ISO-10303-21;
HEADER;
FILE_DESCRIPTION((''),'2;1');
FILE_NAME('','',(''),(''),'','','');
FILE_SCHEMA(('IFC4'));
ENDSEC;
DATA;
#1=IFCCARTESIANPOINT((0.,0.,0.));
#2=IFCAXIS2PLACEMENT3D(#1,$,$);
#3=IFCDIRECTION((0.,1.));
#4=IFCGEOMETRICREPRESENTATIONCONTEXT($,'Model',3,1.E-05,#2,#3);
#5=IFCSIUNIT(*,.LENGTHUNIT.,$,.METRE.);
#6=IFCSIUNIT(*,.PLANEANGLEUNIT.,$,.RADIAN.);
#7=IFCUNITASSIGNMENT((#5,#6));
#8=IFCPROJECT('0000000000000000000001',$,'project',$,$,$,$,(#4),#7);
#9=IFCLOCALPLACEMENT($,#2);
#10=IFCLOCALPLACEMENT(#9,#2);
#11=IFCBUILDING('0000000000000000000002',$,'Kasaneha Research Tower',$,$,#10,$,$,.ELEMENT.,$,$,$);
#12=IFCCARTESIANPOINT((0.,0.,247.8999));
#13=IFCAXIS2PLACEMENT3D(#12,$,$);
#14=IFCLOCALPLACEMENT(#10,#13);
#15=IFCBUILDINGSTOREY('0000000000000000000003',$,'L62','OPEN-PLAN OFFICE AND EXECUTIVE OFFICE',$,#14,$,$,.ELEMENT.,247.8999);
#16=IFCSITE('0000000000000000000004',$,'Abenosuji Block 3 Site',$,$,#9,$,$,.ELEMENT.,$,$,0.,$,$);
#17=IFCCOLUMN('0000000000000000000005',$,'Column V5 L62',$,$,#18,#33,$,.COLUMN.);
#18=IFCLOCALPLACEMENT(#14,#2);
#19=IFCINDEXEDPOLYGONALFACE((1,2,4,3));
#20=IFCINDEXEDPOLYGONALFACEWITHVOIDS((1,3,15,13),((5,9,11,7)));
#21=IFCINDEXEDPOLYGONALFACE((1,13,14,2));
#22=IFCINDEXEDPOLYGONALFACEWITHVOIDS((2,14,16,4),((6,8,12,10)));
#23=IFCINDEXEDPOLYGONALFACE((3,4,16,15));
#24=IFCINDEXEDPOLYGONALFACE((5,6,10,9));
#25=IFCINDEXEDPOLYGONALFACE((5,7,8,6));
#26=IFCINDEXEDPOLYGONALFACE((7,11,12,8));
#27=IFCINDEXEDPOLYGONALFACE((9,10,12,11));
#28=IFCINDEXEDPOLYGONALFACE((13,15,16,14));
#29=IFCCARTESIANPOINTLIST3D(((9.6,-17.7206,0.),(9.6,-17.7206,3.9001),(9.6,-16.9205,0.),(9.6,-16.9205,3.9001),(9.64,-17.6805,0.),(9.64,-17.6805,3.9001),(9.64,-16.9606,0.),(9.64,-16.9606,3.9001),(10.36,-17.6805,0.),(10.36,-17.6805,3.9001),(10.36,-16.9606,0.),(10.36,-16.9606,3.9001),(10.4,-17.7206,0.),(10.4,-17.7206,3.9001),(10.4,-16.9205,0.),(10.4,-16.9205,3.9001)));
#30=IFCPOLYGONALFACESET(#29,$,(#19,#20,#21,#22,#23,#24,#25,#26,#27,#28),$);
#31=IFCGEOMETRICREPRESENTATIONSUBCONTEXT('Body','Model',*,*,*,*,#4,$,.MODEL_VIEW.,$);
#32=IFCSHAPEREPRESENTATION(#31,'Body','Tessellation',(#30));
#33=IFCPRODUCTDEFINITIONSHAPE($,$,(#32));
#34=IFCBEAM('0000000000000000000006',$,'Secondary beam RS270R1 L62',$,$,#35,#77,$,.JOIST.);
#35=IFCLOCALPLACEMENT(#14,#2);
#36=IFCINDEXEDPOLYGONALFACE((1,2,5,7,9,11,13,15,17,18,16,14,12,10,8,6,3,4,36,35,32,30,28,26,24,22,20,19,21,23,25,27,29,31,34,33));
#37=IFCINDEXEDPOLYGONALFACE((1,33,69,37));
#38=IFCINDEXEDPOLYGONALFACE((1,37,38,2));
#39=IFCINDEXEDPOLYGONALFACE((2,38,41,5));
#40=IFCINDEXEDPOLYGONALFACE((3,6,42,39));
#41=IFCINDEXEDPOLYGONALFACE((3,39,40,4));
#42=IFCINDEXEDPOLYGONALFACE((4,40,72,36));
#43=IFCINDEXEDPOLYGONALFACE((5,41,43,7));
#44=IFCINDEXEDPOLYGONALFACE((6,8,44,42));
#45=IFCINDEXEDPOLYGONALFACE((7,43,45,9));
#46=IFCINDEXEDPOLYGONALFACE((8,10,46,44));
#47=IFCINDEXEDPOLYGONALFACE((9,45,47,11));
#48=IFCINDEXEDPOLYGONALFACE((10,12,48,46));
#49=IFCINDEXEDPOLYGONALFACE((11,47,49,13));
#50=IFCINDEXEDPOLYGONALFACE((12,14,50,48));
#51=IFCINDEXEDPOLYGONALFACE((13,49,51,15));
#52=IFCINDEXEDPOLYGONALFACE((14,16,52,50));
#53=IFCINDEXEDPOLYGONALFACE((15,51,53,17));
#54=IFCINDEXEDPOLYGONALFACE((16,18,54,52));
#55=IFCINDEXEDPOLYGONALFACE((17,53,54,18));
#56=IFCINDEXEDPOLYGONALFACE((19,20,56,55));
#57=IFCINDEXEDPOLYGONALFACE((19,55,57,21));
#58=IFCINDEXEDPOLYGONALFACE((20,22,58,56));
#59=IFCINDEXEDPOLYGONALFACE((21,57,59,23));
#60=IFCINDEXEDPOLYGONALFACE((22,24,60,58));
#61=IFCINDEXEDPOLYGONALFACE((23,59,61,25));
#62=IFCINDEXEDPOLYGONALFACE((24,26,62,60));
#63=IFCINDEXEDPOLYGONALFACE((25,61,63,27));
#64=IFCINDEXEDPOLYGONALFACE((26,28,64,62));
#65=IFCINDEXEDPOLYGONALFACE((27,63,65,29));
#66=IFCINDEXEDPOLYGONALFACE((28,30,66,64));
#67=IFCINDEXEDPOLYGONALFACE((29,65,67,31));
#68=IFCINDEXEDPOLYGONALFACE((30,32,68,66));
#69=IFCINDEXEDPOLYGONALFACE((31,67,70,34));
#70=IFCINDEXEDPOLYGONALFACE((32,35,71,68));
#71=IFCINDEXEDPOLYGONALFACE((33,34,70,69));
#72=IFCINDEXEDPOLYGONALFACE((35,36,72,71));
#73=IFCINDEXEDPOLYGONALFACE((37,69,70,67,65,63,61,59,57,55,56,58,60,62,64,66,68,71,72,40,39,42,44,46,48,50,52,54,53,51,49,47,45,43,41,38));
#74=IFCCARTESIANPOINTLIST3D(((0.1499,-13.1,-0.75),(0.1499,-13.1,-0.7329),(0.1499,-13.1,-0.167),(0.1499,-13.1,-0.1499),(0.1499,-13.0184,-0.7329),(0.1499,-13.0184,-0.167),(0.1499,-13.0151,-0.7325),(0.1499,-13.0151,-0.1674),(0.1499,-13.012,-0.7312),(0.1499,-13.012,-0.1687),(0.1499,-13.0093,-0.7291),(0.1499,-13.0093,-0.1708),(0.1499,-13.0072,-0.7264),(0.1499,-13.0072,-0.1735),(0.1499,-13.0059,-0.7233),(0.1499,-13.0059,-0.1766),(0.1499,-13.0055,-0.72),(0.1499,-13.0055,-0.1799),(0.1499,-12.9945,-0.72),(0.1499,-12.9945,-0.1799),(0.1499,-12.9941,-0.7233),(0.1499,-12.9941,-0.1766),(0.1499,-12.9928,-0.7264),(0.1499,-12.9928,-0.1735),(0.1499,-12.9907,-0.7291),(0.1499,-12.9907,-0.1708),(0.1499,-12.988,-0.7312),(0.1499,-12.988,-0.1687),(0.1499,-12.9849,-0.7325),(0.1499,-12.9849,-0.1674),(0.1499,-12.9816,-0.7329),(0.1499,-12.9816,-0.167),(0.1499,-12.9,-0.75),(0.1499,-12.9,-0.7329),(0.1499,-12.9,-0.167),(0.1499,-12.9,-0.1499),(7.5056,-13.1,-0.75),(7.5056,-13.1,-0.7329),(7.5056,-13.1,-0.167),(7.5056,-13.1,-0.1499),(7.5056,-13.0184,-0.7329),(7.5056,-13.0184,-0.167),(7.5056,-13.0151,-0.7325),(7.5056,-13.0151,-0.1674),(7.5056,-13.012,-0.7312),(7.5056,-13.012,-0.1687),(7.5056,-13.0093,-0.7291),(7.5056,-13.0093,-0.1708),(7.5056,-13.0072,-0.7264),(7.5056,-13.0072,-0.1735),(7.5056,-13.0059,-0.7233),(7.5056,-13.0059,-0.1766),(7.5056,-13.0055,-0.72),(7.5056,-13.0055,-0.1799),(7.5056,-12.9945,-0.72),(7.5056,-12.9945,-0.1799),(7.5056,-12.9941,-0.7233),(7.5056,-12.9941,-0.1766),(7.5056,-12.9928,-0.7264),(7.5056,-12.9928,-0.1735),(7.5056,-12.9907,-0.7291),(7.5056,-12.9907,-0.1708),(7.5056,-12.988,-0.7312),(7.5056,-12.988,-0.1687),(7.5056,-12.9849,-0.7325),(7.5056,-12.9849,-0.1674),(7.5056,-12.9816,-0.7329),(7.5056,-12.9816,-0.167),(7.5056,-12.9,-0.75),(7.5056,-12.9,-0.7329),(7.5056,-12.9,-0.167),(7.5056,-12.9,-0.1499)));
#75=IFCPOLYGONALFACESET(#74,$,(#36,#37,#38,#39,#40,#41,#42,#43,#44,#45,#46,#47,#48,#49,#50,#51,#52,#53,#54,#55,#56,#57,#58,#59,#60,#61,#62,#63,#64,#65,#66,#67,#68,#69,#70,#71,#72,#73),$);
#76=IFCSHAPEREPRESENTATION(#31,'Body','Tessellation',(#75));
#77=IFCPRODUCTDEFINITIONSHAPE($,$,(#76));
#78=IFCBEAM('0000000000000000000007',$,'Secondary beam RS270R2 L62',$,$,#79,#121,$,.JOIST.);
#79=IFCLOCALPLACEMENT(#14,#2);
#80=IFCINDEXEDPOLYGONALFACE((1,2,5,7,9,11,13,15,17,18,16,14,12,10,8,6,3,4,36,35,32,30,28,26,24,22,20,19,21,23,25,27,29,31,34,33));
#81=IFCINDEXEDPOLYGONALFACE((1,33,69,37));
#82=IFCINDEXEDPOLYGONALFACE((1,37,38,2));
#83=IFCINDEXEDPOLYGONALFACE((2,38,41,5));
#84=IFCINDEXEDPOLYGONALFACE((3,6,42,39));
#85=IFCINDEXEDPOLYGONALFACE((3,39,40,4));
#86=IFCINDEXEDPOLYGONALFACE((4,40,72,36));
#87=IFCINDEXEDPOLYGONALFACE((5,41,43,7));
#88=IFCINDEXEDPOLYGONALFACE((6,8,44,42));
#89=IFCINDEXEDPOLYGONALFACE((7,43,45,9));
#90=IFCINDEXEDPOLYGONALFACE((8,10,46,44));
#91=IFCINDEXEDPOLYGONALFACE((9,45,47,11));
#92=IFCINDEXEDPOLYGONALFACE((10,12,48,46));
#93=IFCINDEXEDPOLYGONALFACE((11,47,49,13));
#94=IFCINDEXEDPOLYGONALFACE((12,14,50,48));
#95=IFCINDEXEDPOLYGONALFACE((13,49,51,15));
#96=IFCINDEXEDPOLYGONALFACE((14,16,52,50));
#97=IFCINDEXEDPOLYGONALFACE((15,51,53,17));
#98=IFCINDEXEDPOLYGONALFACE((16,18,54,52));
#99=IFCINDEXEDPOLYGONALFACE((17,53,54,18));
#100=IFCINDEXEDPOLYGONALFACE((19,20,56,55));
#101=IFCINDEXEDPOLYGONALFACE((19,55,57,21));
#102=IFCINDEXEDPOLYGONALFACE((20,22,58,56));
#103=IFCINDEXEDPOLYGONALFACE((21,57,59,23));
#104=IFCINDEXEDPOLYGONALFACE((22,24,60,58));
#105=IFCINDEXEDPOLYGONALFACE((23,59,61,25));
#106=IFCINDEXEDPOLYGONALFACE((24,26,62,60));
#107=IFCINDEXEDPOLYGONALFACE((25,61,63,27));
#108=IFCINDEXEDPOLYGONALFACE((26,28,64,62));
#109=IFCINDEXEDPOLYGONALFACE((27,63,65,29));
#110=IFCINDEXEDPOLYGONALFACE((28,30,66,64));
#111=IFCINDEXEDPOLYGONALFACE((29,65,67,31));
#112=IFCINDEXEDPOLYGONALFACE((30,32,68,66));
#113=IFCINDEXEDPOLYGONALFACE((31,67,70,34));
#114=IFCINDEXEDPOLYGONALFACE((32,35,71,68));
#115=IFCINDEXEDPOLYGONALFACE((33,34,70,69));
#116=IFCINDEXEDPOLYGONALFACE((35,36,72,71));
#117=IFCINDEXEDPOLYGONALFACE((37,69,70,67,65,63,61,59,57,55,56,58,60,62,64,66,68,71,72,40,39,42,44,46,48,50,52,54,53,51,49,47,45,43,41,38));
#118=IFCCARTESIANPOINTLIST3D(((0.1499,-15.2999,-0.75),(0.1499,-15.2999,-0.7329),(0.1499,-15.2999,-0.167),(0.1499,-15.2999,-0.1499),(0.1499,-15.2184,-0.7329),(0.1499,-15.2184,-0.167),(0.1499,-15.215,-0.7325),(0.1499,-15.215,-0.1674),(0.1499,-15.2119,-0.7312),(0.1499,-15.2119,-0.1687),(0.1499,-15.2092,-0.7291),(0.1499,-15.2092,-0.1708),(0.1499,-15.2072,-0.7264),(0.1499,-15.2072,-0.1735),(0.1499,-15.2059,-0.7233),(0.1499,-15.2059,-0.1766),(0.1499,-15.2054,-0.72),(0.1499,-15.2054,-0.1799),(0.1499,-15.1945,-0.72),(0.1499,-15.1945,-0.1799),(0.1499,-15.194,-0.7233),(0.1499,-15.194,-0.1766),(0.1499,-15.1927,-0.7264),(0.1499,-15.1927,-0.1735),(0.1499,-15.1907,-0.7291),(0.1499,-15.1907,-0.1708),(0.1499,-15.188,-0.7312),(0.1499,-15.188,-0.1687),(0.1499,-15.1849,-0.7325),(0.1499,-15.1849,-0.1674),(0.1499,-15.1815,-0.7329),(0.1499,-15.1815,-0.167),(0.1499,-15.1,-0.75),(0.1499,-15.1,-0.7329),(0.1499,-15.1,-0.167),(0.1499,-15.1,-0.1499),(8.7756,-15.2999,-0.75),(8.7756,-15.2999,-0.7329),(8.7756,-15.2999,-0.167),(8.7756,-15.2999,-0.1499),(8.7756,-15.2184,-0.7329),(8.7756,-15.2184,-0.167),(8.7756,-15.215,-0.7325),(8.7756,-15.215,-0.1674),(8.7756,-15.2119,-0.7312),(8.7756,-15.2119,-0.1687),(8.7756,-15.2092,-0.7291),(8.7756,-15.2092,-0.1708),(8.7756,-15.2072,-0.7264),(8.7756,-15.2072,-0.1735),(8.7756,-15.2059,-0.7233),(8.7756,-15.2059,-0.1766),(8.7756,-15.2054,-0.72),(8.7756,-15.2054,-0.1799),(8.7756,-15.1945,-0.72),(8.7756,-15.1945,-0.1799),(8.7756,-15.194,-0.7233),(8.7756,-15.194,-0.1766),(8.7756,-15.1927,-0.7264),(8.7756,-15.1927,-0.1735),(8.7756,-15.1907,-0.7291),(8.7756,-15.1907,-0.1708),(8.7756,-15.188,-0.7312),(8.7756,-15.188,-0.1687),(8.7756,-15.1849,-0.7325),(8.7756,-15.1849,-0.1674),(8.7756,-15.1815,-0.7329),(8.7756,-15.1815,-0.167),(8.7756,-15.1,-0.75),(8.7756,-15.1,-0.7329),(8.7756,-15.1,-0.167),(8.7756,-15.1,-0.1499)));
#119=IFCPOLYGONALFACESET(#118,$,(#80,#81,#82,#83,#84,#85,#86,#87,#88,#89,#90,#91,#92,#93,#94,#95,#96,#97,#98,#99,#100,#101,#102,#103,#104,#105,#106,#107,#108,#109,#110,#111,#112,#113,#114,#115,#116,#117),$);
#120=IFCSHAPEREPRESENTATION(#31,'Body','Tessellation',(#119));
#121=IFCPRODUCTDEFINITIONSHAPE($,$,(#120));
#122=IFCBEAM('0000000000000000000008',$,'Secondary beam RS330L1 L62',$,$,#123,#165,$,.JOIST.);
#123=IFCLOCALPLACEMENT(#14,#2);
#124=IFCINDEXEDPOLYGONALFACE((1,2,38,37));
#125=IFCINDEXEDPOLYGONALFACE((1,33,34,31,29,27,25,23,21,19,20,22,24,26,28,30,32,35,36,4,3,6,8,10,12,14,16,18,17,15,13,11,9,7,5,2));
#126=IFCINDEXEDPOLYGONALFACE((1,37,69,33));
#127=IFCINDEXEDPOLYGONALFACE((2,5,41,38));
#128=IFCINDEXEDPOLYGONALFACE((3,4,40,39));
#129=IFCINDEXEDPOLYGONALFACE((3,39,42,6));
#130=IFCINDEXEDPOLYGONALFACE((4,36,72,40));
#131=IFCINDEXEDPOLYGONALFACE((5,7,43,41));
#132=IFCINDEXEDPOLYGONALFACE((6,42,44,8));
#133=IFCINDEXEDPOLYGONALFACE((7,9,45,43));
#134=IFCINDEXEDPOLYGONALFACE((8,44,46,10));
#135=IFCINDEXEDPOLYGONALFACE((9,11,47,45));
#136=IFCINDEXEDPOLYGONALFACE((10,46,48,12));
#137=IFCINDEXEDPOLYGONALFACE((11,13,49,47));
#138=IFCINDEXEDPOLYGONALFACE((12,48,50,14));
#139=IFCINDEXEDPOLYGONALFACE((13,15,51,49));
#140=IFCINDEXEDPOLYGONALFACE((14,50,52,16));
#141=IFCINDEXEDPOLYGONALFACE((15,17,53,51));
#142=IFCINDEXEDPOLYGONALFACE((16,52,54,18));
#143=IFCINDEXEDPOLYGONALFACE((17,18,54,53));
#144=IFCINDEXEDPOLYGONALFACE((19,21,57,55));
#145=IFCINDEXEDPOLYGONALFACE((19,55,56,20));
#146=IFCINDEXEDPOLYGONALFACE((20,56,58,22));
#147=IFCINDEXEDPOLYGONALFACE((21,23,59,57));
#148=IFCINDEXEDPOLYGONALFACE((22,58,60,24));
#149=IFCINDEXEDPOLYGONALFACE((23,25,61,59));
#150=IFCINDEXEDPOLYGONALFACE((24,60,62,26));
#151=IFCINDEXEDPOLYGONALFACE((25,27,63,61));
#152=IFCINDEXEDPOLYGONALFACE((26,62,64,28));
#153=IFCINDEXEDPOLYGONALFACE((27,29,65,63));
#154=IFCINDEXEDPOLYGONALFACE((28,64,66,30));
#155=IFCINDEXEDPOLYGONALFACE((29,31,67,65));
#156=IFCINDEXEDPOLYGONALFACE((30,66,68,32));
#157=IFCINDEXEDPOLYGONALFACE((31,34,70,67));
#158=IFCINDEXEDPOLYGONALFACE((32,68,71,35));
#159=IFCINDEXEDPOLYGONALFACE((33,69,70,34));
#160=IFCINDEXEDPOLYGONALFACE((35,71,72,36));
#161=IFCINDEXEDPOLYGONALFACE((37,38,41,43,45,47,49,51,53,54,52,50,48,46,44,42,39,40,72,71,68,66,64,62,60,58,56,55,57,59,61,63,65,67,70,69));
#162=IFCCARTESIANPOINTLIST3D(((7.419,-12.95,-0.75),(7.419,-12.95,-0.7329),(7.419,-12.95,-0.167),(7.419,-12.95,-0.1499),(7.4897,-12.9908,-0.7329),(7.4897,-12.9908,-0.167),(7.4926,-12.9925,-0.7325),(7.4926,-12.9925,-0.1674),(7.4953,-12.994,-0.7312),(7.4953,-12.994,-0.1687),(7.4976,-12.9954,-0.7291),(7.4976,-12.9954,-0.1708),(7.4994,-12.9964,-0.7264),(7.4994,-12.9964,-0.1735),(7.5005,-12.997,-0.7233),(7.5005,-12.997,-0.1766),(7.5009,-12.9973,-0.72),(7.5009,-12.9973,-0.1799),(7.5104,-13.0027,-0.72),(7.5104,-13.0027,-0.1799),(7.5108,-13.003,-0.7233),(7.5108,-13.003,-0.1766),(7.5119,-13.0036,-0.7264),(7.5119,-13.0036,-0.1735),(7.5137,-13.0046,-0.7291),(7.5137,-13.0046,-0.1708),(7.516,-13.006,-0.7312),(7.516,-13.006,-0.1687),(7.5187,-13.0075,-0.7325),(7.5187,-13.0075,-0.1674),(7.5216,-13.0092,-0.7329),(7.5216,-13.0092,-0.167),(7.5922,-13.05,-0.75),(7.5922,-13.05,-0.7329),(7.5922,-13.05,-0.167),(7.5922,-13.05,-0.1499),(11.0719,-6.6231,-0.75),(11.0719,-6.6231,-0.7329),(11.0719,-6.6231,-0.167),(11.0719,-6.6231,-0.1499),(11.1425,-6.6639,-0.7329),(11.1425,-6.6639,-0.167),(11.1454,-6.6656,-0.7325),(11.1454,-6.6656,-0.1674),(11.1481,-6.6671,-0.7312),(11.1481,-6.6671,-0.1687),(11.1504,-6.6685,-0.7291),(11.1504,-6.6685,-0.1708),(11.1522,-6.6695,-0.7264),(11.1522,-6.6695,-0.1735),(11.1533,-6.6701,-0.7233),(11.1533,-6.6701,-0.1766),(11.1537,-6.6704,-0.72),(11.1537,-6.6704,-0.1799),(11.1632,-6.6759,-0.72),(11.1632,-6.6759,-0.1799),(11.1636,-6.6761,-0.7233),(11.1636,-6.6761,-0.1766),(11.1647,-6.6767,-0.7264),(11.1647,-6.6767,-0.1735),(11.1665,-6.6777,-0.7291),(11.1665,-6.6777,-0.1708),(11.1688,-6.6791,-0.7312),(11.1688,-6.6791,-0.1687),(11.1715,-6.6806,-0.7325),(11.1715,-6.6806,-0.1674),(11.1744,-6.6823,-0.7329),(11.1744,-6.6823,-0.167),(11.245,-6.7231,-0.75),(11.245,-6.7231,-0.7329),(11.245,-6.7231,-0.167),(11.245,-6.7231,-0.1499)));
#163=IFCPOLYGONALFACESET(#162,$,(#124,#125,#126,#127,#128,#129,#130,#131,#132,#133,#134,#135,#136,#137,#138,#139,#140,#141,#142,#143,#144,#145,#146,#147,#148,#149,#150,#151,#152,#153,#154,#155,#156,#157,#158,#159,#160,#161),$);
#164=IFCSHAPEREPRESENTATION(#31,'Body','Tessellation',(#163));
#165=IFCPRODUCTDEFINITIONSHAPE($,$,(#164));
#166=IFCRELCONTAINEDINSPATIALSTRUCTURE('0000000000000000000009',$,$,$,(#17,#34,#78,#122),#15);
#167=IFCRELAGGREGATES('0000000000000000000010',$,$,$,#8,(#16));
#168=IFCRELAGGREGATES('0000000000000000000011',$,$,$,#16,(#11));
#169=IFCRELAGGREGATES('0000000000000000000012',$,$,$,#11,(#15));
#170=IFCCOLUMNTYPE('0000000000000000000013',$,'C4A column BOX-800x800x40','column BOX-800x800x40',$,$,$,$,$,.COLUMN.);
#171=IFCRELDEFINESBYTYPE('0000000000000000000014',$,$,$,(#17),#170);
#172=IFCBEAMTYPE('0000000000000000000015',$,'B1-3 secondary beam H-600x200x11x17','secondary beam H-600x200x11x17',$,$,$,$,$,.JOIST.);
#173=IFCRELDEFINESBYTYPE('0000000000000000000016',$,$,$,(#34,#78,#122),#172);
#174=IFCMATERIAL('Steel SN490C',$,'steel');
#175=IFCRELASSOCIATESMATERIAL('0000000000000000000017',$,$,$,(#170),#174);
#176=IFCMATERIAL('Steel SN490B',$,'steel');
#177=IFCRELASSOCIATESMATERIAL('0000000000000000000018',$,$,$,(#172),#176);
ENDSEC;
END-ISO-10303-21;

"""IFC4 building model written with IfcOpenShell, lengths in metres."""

from ifc_helpers import new_model, si_unit, direction, frame, origin, origin_2d, place, context, subcontext, project, spatial, hollow_rectangle, i_section, extrude, material, material_profile, profile_set, type_object, element, save


model = new_model("IFC4")

# Units and contexts
model_context = context("Model", 3, precision=1e-05, world=origin(), true_north=direction((0.0, 1.0)))
body_context = subcontext(model_context, "Body", "Model", "MODEL_VIEW")
ifc_project = project(units=[si_unit("LENGTHUNIT", "METRE"), si_unit("PLANEANGLEUNIT", "RADIAN")], contexts=[model_context])

# Site, building, storey
site_placement = place(None, origin())
site = spatial("IfcSite", under=ifc_project, at=site_placement, Name="Abenosuji Block 3 Site", CompositionType="ELEMENT", RefElevation=0.0)
building_placement = place(site_placement, origin())
building = spatial("IfcBuilding", under=site, at=building_placement, Name="Kasaneha Research Tower", CompositionType="ELEMENT")
storey_placement = place(building_placement, frame((0.0, 0.0, 247.8999)))
storey = spatial("IfcBuildingStorey", under=building, at=storey_placement, Name="L62", Description="OPEN-PLAN OFFICE AND EXECUTIVE OFFICE", CompositionType="ELEMENT", Elevation=247.8999)

# Column
ifc_material_1 = material(Name="Steel SN490C", Category="steel")
ifc_material_profile_1 = material_profile(ifc_material_1, hollow_rectangle(XDim=0.8, YDim=0.8, WallThickness=0.04, at=origin_2d()), Name="BOX-800x800x40")
ifc_profile_set_1 = profile_set([ifc_material_profile_1], Name="Steel SN490C")
column_type = type_object("IfcColumnType", Name="C4A column BOX-800x800x40", Description="column BOX-800x800x40", PredefinedType="COLUMN", material=ifc_profile_set_1)
column_placement = place(storey_placement, frame((10.0, -17.3206, 0.0), z_axis=(0.0, 0.0, 1.0), x_axis=(1.0, 0.0, 0.0)))
element("IfcColumn", 1, at=column_placement, inside=storey, type_object=column_type, Name="Column V5 L62", PredefinedType="COLUMN", context=body_context, shape_type="SweptSolid", body=[
    extrude(hollow_rectangle(XDim=0.8, YDim=0.8, WallThickness=0.04, at=origin_2d()), origin(), (0.0, 0.0, 1.0), 3.9001),
])

# Beams
ifc_material_2 = material(Name="Steel SN490B", Category="steel")
ifc_material_profile_2 = material_profile(ifc_material_2, i_section(OverallWidth=0.2, OverallDepth=0.6001, WebThickness=0.011, FlangeThickness=0.0171, FilletRadius=0.0129, at=origin_2d()), Name="H-600x200x11x17")
ifc_profile_set_2 = profile_set([ifc_material_profile_2], Name="Steel SN490B")
beam_type_1 = type_object("IfcBeamType", Name="B1-3 secondary beam H-600x200x11x17", Description="secondary beam H-600x200x11x17", PredefinedType="JOIST", material=ifc_profile_set_2)
beam_1_placement = place(storey_placement, frame((7.5056, -13.0, -0.45), z_axis=(-1.0, 0.0, 0.0), x_axis=(0.0, -1.0, 0.0)))
element("IfcBeam", 2, at=beam_1_placement, inside=storey, type_object=beam_type_1, Name="Secondary beam RS270R1 L62", PredefinedType="JOIST", context=body_context, shape_type="SweptSolid", body=[
    extrude(i_section(OverallWidth=0.2, OverallDepth=0.6001, WebThickness=0.011, FlangeThickness=0.0171, FilletRadius=0.0129, at=origin_2d()), origin(), (0.0, 0.0, 1.0), 7.3557),
])
beam_2_placement = place(storey_placement, frame((8.7756, -15.2, -0.45), z_axis=(-1.0, 0.0, 0.0), x_axis=(0.0, -1.0, 0.0)))
element("IfcBeam", 3, at=beam_2_placement, inside=storey, type_object=beam_type_1, Name="Secondary beam RS270R2 L62", PredefinedType="JOIST", context=body_context, shape_type="SweptSolid", body=[
    extrude(i_section(OverallWidth=0.2, OverallDepth=0.6001, WebThickness=0.011, FlangeThickness=0.0171, FilletRadius=0.0129, at=origin_2d()), origin(), (0.0, 0.0, 1.0), 8.6257),
])
beam_3_placement = place(storey_placement, frame((7.5056, -13.0, -0.45), z_axis=(0.499999, 0.866026, 0.0), x_axis=(-0.866026, 0.499999, 0.0)))
element("IfcBeam", 4, at=beam_3_placement, inside=storey, type_object=beam_type_1, Name="Secondary beam RS330L1 L62", PredefinedType="JOIST", context=body_context, shape_type="SweptSolid", body=[
    extrude(i_section(OverallWidth=0.2, OverallDepth=0.6001, WebThickness=0.011, FlangeThickness=0.0171, FilletRadius=0.0129, at=origin_2d()), origin(), (0.0, 0.0, 1.0), 7.3057),
])

save(model, "model.ifc")
